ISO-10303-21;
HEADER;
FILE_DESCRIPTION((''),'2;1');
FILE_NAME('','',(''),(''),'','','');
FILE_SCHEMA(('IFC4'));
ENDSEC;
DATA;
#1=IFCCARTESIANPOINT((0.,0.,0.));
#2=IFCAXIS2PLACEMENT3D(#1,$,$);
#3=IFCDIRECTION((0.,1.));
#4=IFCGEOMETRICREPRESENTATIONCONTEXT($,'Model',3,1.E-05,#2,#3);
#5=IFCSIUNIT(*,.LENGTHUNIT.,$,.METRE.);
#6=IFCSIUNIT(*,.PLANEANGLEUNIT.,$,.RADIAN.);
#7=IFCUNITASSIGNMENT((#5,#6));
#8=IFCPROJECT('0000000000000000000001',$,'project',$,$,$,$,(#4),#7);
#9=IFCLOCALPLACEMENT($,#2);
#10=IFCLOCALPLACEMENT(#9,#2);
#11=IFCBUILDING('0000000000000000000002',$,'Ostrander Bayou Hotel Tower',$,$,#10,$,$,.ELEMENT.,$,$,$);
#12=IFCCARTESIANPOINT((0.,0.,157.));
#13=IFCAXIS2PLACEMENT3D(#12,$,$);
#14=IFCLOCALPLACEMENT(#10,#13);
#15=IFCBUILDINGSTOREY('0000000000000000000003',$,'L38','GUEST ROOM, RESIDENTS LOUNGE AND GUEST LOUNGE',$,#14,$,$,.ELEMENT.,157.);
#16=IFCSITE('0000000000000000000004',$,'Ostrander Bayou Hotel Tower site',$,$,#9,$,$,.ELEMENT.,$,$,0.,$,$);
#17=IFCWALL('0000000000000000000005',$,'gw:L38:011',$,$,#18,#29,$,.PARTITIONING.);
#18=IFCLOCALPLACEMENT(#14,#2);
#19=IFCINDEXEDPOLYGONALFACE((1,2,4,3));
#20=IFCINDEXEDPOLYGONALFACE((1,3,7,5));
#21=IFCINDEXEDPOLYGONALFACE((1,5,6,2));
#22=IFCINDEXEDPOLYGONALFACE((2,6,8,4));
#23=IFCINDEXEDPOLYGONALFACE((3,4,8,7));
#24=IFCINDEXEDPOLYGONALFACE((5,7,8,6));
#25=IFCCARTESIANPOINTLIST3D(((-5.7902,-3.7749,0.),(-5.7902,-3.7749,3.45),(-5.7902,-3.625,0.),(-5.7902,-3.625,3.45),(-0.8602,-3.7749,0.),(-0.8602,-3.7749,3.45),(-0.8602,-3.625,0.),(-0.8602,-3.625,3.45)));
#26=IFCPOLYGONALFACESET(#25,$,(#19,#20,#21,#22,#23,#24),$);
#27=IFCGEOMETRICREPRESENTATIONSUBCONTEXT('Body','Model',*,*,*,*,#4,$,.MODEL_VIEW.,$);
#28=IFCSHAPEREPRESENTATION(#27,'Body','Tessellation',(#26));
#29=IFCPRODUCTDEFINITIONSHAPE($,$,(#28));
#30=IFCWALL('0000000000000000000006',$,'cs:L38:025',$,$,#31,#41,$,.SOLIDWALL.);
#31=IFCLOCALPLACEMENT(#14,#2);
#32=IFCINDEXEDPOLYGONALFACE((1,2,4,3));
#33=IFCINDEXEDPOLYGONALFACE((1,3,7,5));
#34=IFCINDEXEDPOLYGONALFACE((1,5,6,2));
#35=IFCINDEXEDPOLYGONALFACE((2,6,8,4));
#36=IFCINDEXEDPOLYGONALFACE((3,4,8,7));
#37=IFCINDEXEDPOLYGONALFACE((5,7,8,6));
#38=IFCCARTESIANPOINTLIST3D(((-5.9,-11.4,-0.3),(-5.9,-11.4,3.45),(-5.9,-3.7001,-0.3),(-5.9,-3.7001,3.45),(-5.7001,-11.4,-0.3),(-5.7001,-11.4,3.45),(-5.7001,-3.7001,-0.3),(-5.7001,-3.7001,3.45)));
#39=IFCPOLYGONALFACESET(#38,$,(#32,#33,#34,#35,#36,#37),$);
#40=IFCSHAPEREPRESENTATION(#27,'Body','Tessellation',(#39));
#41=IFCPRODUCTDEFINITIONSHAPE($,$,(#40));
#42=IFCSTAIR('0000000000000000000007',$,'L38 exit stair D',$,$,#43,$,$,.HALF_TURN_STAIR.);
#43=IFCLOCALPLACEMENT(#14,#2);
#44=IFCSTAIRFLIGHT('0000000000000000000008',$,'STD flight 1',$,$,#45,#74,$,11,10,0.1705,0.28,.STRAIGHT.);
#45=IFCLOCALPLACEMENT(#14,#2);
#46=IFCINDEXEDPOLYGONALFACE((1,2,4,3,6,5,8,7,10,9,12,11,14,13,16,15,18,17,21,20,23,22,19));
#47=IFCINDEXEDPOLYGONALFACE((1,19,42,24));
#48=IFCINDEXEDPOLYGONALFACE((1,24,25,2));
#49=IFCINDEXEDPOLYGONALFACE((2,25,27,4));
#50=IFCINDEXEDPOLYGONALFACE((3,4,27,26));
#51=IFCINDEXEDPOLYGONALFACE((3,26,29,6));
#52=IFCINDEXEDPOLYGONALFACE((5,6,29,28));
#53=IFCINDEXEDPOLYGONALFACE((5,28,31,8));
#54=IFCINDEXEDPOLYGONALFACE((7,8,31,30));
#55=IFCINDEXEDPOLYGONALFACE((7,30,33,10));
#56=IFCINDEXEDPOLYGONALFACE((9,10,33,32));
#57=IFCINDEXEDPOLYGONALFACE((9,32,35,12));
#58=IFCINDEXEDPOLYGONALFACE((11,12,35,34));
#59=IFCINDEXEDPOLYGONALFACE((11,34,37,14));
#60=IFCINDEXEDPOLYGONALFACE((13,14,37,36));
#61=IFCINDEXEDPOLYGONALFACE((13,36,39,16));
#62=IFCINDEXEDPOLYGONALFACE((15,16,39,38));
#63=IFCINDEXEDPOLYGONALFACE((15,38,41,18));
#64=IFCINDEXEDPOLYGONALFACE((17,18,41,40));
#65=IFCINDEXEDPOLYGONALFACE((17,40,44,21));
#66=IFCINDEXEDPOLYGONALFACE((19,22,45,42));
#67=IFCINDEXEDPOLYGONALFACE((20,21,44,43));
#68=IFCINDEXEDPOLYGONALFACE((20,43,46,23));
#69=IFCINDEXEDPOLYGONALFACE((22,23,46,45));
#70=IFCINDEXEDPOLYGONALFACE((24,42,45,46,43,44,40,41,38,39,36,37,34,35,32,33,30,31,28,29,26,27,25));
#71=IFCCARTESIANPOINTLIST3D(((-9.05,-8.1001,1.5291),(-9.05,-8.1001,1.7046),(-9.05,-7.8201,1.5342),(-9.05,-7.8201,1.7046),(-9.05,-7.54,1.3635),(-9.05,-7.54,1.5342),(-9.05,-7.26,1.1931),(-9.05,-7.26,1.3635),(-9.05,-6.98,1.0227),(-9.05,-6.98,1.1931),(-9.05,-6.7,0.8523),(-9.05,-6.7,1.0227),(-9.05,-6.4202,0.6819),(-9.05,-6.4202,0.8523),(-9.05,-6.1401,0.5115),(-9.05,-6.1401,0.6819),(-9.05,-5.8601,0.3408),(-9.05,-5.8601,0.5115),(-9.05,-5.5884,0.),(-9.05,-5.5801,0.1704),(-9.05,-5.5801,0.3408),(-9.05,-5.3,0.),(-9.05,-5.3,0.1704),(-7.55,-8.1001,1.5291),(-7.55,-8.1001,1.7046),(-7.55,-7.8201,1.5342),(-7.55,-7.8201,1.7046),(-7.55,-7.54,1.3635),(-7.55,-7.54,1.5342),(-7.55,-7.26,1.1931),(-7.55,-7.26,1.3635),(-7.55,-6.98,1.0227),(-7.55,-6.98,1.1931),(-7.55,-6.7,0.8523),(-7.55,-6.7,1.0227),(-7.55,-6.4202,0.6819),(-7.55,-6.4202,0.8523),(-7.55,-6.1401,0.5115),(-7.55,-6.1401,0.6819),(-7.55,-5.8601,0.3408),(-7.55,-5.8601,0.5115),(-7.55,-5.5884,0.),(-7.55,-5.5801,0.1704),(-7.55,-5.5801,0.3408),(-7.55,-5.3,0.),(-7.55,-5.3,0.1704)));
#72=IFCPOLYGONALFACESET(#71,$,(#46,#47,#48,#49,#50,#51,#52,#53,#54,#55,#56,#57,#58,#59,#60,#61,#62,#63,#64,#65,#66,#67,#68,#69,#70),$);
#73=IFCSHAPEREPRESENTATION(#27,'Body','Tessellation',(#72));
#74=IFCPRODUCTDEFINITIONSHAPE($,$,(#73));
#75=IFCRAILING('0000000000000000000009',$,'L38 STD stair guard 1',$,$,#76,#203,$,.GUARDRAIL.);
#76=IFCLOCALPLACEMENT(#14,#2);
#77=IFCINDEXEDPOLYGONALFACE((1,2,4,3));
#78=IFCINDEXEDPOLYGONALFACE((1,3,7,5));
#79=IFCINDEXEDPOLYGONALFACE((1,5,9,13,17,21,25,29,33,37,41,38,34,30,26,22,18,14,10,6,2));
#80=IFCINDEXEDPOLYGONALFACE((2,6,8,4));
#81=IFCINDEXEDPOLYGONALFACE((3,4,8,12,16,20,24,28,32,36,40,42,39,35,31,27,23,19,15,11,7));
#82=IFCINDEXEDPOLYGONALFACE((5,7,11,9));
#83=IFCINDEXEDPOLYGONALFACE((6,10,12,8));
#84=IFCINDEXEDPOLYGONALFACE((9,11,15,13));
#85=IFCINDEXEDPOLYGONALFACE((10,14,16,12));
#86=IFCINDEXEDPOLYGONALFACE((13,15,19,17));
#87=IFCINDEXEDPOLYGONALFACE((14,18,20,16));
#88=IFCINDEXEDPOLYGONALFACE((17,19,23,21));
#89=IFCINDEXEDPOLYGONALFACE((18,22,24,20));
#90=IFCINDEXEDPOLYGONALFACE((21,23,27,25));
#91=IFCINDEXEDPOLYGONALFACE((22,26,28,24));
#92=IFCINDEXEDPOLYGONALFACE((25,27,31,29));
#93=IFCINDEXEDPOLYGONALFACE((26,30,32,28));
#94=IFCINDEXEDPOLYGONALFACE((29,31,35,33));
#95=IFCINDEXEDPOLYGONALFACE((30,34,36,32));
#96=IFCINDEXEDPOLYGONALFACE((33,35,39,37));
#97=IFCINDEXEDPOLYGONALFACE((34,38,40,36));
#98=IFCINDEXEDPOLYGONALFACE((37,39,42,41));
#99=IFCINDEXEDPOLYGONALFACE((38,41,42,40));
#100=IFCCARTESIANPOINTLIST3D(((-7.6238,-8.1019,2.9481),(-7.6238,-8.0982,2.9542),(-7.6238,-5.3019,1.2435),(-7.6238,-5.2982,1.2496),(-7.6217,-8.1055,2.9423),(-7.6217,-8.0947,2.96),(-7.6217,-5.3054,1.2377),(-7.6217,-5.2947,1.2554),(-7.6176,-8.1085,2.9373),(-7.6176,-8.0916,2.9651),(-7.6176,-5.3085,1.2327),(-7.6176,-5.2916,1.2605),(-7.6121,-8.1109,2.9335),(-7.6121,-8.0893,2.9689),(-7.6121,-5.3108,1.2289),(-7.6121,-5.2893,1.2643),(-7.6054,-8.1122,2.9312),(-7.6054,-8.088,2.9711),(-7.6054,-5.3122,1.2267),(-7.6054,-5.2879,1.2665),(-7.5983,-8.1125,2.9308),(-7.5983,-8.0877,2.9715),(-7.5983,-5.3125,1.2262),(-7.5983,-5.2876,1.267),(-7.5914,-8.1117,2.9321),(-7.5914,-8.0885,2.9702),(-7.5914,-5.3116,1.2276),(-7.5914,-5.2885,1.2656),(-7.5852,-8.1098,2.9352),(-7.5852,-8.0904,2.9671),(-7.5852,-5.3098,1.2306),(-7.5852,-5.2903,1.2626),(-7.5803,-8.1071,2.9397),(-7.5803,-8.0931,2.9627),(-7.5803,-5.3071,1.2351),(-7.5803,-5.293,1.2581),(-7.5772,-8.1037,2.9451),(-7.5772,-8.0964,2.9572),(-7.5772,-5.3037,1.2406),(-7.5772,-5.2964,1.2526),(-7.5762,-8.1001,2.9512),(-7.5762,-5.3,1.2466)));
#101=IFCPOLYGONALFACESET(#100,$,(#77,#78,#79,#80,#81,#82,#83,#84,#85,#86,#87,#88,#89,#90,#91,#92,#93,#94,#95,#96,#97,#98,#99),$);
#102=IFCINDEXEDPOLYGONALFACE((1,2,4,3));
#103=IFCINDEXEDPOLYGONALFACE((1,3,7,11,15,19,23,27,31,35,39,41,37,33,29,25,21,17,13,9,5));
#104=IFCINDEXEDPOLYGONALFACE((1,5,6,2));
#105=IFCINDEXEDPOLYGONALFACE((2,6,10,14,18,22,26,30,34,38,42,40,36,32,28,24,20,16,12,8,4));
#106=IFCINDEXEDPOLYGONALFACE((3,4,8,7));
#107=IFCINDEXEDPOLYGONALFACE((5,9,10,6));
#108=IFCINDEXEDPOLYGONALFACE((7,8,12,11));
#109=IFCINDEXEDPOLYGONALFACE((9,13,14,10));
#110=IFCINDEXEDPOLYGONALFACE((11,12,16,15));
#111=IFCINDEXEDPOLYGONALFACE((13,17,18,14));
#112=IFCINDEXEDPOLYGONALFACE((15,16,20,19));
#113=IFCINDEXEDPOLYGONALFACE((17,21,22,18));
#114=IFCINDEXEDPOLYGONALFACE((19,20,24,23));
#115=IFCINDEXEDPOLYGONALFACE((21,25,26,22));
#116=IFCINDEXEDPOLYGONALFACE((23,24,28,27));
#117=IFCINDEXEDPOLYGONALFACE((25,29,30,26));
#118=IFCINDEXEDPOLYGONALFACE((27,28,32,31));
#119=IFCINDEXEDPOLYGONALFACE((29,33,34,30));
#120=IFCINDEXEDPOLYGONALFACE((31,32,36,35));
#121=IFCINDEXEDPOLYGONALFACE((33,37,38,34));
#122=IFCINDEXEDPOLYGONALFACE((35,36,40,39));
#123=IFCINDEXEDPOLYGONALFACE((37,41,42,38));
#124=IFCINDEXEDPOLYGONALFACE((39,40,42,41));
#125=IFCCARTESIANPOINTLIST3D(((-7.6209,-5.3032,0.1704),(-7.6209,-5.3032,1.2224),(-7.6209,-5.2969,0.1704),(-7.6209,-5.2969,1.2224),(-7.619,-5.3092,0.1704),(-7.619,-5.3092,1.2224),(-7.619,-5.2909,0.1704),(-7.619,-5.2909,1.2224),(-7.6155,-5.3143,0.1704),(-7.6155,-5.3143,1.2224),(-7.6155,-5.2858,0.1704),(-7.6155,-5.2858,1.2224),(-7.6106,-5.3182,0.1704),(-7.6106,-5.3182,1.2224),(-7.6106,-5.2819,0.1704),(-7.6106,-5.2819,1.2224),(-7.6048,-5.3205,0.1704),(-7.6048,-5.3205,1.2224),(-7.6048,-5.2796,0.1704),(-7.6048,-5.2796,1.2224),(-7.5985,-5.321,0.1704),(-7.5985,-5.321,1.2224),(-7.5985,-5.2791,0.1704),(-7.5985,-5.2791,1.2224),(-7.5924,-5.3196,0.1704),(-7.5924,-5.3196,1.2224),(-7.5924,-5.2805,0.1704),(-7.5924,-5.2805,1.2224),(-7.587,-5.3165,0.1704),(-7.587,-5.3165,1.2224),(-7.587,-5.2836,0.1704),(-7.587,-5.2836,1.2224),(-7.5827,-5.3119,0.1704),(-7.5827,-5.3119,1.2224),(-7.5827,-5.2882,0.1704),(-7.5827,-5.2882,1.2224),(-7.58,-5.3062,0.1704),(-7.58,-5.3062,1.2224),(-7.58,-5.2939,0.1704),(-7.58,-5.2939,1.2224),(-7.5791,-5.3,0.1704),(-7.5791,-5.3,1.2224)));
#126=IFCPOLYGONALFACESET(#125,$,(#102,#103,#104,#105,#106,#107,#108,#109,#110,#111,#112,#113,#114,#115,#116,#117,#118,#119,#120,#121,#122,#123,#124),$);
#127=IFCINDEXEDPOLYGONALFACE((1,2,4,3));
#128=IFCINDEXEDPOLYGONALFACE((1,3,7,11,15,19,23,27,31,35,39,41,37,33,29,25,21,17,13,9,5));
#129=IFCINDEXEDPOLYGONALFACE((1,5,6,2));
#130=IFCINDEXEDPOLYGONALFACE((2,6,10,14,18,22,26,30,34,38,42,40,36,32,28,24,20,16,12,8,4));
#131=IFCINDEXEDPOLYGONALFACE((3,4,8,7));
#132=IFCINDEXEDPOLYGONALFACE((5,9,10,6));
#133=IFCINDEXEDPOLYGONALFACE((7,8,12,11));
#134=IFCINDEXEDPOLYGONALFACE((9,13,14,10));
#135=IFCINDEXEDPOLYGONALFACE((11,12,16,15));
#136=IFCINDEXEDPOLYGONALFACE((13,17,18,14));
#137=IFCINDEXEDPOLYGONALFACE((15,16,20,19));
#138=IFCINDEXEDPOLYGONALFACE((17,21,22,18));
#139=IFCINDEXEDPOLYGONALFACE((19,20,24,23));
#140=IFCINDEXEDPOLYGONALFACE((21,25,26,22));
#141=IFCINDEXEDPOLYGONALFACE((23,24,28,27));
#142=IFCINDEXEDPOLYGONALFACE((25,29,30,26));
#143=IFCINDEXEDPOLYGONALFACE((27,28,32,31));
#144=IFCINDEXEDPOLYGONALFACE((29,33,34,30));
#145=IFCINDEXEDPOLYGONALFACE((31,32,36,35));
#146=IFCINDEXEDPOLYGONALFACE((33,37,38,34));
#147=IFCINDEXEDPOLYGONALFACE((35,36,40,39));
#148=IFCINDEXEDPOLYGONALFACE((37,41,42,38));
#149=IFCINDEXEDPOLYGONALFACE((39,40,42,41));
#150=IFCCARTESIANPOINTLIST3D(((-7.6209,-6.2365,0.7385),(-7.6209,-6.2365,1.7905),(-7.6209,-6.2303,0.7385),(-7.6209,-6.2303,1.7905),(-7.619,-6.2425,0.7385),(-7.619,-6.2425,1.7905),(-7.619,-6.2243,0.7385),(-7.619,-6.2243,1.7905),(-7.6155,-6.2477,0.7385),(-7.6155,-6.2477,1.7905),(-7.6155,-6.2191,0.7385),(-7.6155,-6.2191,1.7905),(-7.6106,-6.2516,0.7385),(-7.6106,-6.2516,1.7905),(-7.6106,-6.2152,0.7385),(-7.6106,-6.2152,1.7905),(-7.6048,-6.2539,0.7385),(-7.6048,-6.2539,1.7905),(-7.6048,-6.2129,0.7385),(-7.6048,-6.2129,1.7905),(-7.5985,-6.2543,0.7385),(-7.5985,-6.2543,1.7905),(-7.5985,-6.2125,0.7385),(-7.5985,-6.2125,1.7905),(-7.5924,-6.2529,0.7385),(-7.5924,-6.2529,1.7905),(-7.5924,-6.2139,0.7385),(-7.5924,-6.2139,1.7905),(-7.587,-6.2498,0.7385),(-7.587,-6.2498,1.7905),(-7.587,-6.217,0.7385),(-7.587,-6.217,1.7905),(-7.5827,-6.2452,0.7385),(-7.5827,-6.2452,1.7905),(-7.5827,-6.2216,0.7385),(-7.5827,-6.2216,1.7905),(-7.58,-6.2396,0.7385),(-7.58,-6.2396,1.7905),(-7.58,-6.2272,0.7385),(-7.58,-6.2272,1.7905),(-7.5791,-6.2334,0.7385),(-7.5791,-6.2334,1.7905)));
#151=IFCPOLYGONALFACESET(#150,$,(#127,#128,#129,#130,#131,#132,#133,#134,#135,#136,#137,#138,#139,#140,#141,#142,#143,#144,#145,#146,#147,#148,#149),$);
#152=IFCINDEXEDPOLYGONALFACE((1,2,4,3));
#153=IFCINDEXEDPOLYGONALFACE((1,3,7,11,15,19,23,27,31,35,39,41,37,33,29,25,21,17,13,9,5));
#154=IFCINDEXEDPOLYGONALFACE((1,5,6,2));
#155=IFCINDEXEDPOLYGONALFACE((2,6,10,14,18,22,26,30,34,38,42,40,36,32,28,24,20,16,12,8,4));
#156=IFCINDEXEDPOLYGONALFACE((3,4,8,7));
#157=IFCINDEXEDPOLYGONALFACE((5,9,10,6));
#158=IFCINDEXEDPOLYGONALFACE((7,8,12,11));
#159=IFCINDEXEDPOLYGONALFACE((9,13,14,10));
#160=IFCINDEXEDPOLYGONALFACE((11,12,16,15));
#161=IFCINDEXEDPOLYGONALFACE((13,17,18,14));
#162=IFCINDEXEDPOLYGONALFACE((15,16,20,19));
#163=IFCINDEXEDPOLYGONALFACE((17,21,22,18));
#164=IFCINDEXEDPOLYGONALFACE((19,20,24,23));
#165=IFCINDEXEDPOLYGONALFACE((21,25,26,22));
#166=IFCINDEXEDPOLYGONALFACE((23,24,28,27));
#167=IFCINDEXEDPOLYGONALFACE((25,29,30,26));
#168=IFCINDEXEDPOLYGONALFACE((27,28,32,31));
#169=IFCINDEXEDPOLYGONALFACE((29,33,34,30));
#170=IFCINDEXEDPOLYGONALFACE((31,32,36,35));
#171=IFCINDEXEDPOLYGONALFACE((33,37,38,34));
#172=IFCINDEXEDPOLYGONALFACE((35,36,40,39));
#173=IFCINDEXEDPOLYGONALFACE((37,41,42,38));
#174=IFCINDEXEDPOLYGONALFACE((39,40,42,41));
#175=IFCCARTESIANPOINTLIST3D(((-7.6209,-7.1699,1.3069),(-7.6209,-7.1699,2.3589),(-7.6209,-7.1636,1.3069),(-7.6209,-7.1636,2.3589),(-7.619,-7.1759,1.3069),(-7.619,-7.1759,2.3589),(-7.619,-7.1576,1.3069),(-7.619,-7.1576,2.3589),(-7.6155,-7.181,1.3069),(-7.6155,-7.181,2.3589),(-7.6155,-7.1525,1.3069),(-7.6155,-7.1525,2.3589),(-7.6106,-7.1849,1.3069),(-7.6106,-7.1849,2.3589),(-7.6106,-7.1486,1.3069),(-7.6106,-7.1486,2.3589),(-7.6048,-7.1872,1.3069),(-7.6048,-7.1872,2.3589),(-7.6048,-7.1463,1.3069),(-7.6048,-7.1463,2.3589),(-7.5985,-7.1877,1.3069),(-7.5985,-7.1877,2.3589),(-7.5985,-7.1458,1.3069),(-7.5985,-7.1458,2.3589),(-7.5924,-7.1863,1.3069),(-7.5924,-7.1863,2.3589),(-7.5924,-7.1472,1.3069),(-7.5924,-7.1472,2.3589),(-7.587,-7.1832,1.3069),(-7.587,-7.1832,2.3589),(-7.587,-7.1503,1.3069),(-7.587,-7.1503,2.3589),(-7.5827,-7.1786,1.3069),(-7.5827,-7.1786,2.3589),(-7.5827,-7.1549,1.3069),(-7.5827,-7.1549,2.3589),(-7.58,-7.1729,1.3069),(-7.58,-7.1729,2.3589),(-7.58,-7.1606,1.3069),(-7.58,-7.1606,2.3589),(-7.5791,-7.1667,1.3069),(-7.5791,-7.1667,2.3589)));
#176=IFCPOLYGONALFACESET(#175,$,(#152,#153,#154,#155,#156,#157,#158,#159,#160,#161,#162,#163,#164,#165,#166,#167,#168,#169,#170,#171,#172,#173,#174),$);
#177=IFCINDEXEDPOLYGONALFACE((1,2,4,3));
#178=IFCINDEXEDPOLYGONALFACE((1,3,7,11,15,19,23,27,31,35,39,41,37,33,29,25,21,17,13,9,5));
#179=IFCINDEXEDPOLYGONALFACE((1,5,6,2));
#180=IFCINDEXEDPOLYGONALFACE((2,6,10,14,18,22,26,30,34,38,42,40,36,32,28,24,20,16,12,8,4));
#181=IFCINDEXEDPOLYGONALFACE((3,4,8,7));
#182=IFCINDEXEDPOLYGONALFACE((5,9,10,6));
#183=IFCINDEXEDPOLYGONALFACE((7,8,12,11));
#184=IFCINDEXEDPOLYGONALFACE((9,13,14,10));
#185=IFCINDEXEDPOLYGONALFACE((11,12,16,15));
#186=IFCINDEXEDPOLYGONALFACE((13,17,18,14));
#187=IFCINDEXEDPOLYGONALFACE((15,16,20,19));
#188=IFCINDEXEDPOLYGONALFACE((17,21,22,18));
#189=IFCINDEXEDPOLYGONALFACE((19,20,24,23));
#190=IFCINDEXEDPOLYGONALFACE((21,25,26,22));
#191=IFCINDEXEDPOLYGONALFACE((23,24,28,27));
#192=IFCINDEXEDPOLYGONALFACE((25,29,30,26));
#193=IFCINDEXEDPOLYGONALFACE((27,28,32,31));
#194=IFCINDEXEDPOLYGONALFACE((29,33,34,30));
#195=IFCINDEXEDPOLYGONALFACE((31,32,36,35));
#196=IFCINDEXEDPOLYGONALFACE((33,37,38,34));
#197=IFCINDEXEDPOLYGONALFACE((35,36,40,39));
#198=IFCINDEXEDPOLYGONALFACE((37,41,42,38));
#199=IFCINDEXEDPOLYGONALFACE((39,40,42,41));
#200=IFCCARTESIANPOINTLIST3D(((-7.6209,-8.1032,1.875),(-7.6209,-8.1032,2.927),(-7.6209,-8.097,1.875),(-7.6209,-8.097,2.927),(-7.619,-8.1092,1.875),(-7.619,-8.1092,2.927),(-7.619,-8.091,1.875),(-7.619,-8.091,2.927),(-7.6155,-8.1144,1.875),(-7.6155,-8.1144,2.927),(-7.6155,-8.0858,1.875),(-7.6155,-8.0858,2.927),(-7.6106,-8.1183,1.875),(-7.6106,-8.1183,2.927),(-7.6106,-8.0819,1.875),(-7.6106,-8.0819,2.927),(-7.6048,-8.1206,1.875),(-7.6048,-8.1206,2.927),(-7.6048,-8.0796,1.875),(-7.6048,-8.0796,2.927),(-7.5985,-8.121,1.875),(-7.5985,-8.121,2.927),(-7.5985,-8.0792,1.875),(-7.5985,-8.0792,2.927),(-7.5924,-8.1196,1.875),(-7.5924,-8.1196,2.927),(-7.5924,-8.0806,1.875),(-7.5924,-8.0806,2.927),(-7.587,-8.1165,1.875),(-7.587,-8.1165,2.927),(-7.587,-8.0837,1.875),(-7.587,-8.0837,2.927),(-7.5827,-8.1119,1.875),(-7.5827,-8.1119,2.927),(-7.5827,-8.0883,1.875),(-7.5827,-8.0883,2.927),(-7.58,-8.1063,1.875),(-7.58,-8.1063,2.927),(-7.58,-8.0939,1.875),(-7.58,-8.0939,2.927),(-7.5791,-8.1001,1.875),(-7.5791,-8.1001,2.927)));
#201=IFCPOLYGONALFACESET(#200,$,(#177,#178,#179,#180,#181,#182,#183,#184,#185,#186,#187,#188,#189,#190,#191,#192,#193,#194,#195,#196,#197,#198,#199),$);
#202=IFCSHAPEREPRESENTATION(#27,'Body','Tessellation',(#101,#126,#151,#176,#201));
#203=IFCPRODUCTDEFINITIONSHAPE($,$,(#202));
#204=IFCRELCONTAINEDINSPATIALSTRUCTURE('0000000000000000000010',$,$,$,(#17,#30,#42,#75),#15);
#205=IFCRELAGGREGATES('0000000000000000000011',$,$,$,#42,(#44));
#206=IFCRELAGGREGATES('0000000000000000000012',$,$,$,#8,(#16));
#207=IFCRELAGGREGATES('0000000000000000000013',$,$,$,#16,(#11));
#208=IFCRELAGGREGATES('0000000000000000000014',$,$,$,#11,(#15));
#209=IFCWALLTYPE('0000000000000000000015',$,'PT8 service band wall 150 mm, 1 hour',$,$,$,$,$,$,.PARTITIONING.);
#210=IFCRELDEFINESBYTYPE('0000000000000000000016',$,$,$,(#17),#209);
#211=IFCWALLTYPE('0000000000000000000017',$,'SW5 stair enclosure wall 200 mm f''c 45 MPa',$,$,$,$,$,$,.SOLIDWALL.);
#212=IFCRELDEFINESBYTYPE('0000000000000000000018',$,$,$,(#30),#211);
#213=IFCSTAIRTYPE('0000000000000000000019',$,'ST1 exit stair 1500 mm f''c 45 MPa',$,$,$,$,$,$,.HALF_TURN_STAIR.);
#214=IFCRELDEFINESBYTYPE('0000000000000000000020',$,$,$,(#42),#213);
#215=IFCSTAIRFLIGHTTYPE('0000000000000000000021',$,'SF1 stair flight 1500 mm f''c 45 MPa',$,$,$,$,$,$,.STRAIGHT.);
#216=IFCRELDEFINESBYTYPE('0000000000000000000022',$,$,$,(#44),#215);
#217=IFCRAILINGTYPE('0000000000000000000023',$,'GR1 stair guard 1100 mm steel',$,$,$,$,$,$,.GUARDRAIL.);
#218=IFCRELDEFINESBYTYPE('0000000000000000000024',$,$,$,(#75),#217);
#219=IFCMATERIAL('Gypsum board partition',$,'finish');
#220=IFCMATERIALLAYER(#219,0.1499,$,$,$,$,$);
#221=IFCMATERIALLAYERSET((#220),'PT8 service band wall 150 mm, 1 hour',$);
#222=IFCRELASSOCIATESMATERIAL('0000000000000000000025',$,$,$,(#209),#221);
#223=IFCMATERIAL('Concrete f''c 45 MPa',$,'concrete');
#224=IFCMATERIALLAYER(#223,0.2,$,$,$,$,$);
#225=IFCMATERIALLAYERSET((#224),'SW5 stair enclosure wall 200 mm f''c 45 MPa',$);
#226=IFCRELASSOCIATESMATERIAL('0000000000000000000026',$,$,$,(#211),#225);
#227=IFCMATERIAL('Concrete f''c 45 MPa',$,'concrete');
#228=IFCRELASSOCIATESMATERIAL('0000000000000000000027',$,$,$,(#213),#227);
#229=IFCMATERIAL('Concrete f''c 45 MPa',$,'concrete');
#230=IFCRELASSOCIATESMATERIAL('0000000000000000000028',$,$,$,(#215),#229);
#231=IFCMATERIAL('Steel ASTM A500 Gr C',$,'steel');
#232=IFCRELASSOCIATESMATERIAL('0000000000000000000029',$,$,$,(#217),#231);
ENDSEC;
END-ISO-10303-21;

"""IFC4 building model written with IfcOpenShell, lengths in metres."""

from ifc_helpers import new_model, si_unit, direction, frame, frame_2d, origin, origin_2d, place, context, subcontext, project, spatial, polyline, rectangle, circle, outline, extrude, material, layer, layer_set, type_object, element, aggregate, save


model = new_model("IFC4")

# Units and contexts
model_context = context("Model", 3, precision=1e-05, world=origin(), true_north=direction((0.0, 1.0)))
body_context = subcontext(model_context, "Body", "Model", "MODEL_VIEW")
ifc_project = project(units=[si_unit("LENGTHUNIT", "METRE"), si_unit("PLANEANGLEUNIT", "RADIAN")], contexts=[model_context])

# Site, building, storey
site_placement = place(None, origin())
site = spatial("IfcSite", under=ifc_project, at=site_placement, Name="Ostrander Bayou Hotel Tower site", CompositionType="ELEMENT", RefElevation=0.0)
building_placement = place(site_placement, origin())
building = spatial("IfcBuilding", under=site, at=building_placement, Name="Ostrander Bayou Hotel Tower", CompositionType="ELEMENT")
storey_placement = place(building_placement, frame((0.0, 0.0, 157.0)))
storey = spatial("IfcBuildingStorey", under=building, at=storey_placement, Name="L38", Description="GUEST ROOM, RESIDENTS LOUNGE AND GUEST LOUNGE", CompositionType="ELEMENT", Elevation=157.0)

# Shared definitions
ifc_material_1 = material(Name="Gypsum board partition", Category="finish")
ifc_layer_1 = layer(ifc_material_1, 0.1499)
ifc_layer_set_1 = layer_set([ifc_layer_1], Name="PT8 service band wall 150 mm, 1 hour")
wall_type_1 = type_object("IfcWallType", Name="PT8 service band wall 150 mm, 1 hour", PredefinedType="PARTITIONING", material=ifc_layer_set_1)

# Walls
wall_1_placement = place(storey_placement, frame((-5.79, -3.7, 0.0), z_axis=(0.0, 0.0, 1.0), x_axis=(1.0, 0.0, 0.0)))
element("IfcWall", 1, at=wall_1_placement, inside=storey, type_object=wall_type_1, Name="gw:L38:011", PredefinedType="PARTITIONING", context=body_context, shape_type="SweptSolid", body=[
    extrude(rectangle(XDim=4.9299, YDim=0.1499, at=frame_2d((2.4648, 0.0))), origin(), (0.0, 0.0, 1.0), 3.45),
])
ifc_material_2 = material(Name="Concrete f'c 45 MPa", Category="concrete")
ifc_layer_2 = layer(ifc_material_2, 0.2)
ifc_layer_set_2 = layer_set([ifc_layer_2], Name="SW5 stair enclosure wall 200 mm f'c 45 MPa")
wall_type_2 = type_object("IfcWallType", Name="SW5 stair enclosure wall 200 mm f'c 45 MPa", PredefinedType="SOLIDWALL", material=ifc_layer_set_2)
wall_2_placement = place(storey_placement, frame((-5.8, -3.7, -0.3), z_axis=(0.0, 0.0, 1.0), x_axis=(0.0, -1.0, 0.0)))
element("IfcWall", 2, at=wall_2_placement, inside=storey, type_object=wall_type_2, Name="cs:L38:025", PredefinedType="SOLIDWALL", context=body_context, shape_type="SweptSolid", body=[
    extrude(rectangle(XDim=7.7, YDim=0.2, at=frame_2d((3.8501, 0.0))), origin(), (0.0, 0.0, 1.0), 3.75),
])

# Stair, stair flight
ifc_material_3 = material(Name="Concrete f'c 45 MPa", Category="concrete")
stair_type = type_object("IfcStairType", Name="ST1 exit stair 1500 mm f'c 45 MPa", PredefinedType="HALF_TURN_STAIR", material=ifc_material_3)
stair_placement = place(storey_placement, origin())
stair = element("IfcStair", 3, at=stair_placement, inside=storey, type_object=stair_type, Name="L38 exit stair D", PredefinedType="HALF_TURN_STAIR")
ifc_material_4 = material(Name="Concrete f'c 45 MPa", Category="concrete")
stair_flight_type = type_object("IfcStairFlightType", Name="SF1 stair flight 1500 mm f'c 45 MPa", PredefinedType="STRAIGHT", material=ifc_material_4)
stair_flight_placement = place(storey_placement, frame((-8.3, -5.3, 0.0), z_axis=(0.0, 0.0, 1.0), x_axis=(0.0, -1.0, 0.0)))
stair_flight = element("IfcStairFlight", 4, at=stair_flight_placement, type_object=stair_flight_type, Name="STD flight 1", NumberOfRisers=11, NumberOfTreads=10, PredefinedType="STRAIGHT", RiserHeight=0.1705, TreadLength=0.28, context=body_context, shape_type="SweptSolid", body=[
    extrude(outline(polyline([(0.0, 0.0), (0.0, 0.1704), (0.28, 0.1704), (0.28, 0.3408), (0.5601, 0.3408), (0.5601, 0.5115), (0.8401, 0.5115), (0.8401, 0.6819), (1.1201, 0.6819), (1.1201, 0.8523), (1.3999, 0.8523), (1.3999, 1.0227), (1.6799, 1.0227), (1.6799, 1.1931), (1.96, 1.1931), (1.96, 1.3635), (2.24, 1.3635), (2.24, 1.5342), (2.52, 1.5342), (2.52, 1.7046), (2.8, 1.7046), (2.8, 1.875), (2.8, 1.5291), (0.2883, 0.0), (0.0, 0.0)])), frame((0.0, 0.75, 0.0), z_axis=(0.0, -1.0, 0.0), x_axis=(1.0, 0.0, 0.0)), (0.0, 0.0, 1.0), 1.5),
])
aggregate(stair, [stair_flight])

# Railing
ifc_material_5 = material(Name="Steel ASTM A500 Gr C", Category="steel")
railing_type = type_object("IfcRailingType", Name="GR1 stair guard 1100 mm steel", PredefinedType="GUARDRAIL", material=ifc_material_5)
railing_1_placement = place(storey_placement, frame((-7.6001, -5.3, 0.1704)))
element("IfcRailing", 5, at=railing_1_placement, inside=storey, type_object=railing_type, Name="L38 STD stair guard 1", PredefinedType="GUARDRAIL", context=body_context, shape_type="SweptSolid", body=[
    extrude(circle(Radius=0.0239, at=origin_2d()), frame((0.0, 0.0, 1.0762), z_axis=(0.0, -0.85417, 0.519994), x_axis=(1.0, 0.0, 0.0)), (0.0, 0.0, 1.0), 3.2781),
    extrude(circle(Radius=0.021, at=origin_2d()), origin(), (0.0, 0.0, 1.0), 1.052),
    extrude(circle(Radius=0.021, at=origin_2d()), frame((0.0, -0.9333, 0.5681)), (0.0, 0.0, 1.0), 1.052),
    extrude(circle(Radius=0.021, at=origin_2d()), frame((0.0, -1.8667, 1.1365)), (0.0, 0.0, 1.0), 1.052),
    extrude(circle(Radius=0.021, at=origin_2d()), frame((0.0, -2.8, 1.7046)), (0.0, 0.0, 1.0), 1.052),
])

save(model, "model.ifc")
